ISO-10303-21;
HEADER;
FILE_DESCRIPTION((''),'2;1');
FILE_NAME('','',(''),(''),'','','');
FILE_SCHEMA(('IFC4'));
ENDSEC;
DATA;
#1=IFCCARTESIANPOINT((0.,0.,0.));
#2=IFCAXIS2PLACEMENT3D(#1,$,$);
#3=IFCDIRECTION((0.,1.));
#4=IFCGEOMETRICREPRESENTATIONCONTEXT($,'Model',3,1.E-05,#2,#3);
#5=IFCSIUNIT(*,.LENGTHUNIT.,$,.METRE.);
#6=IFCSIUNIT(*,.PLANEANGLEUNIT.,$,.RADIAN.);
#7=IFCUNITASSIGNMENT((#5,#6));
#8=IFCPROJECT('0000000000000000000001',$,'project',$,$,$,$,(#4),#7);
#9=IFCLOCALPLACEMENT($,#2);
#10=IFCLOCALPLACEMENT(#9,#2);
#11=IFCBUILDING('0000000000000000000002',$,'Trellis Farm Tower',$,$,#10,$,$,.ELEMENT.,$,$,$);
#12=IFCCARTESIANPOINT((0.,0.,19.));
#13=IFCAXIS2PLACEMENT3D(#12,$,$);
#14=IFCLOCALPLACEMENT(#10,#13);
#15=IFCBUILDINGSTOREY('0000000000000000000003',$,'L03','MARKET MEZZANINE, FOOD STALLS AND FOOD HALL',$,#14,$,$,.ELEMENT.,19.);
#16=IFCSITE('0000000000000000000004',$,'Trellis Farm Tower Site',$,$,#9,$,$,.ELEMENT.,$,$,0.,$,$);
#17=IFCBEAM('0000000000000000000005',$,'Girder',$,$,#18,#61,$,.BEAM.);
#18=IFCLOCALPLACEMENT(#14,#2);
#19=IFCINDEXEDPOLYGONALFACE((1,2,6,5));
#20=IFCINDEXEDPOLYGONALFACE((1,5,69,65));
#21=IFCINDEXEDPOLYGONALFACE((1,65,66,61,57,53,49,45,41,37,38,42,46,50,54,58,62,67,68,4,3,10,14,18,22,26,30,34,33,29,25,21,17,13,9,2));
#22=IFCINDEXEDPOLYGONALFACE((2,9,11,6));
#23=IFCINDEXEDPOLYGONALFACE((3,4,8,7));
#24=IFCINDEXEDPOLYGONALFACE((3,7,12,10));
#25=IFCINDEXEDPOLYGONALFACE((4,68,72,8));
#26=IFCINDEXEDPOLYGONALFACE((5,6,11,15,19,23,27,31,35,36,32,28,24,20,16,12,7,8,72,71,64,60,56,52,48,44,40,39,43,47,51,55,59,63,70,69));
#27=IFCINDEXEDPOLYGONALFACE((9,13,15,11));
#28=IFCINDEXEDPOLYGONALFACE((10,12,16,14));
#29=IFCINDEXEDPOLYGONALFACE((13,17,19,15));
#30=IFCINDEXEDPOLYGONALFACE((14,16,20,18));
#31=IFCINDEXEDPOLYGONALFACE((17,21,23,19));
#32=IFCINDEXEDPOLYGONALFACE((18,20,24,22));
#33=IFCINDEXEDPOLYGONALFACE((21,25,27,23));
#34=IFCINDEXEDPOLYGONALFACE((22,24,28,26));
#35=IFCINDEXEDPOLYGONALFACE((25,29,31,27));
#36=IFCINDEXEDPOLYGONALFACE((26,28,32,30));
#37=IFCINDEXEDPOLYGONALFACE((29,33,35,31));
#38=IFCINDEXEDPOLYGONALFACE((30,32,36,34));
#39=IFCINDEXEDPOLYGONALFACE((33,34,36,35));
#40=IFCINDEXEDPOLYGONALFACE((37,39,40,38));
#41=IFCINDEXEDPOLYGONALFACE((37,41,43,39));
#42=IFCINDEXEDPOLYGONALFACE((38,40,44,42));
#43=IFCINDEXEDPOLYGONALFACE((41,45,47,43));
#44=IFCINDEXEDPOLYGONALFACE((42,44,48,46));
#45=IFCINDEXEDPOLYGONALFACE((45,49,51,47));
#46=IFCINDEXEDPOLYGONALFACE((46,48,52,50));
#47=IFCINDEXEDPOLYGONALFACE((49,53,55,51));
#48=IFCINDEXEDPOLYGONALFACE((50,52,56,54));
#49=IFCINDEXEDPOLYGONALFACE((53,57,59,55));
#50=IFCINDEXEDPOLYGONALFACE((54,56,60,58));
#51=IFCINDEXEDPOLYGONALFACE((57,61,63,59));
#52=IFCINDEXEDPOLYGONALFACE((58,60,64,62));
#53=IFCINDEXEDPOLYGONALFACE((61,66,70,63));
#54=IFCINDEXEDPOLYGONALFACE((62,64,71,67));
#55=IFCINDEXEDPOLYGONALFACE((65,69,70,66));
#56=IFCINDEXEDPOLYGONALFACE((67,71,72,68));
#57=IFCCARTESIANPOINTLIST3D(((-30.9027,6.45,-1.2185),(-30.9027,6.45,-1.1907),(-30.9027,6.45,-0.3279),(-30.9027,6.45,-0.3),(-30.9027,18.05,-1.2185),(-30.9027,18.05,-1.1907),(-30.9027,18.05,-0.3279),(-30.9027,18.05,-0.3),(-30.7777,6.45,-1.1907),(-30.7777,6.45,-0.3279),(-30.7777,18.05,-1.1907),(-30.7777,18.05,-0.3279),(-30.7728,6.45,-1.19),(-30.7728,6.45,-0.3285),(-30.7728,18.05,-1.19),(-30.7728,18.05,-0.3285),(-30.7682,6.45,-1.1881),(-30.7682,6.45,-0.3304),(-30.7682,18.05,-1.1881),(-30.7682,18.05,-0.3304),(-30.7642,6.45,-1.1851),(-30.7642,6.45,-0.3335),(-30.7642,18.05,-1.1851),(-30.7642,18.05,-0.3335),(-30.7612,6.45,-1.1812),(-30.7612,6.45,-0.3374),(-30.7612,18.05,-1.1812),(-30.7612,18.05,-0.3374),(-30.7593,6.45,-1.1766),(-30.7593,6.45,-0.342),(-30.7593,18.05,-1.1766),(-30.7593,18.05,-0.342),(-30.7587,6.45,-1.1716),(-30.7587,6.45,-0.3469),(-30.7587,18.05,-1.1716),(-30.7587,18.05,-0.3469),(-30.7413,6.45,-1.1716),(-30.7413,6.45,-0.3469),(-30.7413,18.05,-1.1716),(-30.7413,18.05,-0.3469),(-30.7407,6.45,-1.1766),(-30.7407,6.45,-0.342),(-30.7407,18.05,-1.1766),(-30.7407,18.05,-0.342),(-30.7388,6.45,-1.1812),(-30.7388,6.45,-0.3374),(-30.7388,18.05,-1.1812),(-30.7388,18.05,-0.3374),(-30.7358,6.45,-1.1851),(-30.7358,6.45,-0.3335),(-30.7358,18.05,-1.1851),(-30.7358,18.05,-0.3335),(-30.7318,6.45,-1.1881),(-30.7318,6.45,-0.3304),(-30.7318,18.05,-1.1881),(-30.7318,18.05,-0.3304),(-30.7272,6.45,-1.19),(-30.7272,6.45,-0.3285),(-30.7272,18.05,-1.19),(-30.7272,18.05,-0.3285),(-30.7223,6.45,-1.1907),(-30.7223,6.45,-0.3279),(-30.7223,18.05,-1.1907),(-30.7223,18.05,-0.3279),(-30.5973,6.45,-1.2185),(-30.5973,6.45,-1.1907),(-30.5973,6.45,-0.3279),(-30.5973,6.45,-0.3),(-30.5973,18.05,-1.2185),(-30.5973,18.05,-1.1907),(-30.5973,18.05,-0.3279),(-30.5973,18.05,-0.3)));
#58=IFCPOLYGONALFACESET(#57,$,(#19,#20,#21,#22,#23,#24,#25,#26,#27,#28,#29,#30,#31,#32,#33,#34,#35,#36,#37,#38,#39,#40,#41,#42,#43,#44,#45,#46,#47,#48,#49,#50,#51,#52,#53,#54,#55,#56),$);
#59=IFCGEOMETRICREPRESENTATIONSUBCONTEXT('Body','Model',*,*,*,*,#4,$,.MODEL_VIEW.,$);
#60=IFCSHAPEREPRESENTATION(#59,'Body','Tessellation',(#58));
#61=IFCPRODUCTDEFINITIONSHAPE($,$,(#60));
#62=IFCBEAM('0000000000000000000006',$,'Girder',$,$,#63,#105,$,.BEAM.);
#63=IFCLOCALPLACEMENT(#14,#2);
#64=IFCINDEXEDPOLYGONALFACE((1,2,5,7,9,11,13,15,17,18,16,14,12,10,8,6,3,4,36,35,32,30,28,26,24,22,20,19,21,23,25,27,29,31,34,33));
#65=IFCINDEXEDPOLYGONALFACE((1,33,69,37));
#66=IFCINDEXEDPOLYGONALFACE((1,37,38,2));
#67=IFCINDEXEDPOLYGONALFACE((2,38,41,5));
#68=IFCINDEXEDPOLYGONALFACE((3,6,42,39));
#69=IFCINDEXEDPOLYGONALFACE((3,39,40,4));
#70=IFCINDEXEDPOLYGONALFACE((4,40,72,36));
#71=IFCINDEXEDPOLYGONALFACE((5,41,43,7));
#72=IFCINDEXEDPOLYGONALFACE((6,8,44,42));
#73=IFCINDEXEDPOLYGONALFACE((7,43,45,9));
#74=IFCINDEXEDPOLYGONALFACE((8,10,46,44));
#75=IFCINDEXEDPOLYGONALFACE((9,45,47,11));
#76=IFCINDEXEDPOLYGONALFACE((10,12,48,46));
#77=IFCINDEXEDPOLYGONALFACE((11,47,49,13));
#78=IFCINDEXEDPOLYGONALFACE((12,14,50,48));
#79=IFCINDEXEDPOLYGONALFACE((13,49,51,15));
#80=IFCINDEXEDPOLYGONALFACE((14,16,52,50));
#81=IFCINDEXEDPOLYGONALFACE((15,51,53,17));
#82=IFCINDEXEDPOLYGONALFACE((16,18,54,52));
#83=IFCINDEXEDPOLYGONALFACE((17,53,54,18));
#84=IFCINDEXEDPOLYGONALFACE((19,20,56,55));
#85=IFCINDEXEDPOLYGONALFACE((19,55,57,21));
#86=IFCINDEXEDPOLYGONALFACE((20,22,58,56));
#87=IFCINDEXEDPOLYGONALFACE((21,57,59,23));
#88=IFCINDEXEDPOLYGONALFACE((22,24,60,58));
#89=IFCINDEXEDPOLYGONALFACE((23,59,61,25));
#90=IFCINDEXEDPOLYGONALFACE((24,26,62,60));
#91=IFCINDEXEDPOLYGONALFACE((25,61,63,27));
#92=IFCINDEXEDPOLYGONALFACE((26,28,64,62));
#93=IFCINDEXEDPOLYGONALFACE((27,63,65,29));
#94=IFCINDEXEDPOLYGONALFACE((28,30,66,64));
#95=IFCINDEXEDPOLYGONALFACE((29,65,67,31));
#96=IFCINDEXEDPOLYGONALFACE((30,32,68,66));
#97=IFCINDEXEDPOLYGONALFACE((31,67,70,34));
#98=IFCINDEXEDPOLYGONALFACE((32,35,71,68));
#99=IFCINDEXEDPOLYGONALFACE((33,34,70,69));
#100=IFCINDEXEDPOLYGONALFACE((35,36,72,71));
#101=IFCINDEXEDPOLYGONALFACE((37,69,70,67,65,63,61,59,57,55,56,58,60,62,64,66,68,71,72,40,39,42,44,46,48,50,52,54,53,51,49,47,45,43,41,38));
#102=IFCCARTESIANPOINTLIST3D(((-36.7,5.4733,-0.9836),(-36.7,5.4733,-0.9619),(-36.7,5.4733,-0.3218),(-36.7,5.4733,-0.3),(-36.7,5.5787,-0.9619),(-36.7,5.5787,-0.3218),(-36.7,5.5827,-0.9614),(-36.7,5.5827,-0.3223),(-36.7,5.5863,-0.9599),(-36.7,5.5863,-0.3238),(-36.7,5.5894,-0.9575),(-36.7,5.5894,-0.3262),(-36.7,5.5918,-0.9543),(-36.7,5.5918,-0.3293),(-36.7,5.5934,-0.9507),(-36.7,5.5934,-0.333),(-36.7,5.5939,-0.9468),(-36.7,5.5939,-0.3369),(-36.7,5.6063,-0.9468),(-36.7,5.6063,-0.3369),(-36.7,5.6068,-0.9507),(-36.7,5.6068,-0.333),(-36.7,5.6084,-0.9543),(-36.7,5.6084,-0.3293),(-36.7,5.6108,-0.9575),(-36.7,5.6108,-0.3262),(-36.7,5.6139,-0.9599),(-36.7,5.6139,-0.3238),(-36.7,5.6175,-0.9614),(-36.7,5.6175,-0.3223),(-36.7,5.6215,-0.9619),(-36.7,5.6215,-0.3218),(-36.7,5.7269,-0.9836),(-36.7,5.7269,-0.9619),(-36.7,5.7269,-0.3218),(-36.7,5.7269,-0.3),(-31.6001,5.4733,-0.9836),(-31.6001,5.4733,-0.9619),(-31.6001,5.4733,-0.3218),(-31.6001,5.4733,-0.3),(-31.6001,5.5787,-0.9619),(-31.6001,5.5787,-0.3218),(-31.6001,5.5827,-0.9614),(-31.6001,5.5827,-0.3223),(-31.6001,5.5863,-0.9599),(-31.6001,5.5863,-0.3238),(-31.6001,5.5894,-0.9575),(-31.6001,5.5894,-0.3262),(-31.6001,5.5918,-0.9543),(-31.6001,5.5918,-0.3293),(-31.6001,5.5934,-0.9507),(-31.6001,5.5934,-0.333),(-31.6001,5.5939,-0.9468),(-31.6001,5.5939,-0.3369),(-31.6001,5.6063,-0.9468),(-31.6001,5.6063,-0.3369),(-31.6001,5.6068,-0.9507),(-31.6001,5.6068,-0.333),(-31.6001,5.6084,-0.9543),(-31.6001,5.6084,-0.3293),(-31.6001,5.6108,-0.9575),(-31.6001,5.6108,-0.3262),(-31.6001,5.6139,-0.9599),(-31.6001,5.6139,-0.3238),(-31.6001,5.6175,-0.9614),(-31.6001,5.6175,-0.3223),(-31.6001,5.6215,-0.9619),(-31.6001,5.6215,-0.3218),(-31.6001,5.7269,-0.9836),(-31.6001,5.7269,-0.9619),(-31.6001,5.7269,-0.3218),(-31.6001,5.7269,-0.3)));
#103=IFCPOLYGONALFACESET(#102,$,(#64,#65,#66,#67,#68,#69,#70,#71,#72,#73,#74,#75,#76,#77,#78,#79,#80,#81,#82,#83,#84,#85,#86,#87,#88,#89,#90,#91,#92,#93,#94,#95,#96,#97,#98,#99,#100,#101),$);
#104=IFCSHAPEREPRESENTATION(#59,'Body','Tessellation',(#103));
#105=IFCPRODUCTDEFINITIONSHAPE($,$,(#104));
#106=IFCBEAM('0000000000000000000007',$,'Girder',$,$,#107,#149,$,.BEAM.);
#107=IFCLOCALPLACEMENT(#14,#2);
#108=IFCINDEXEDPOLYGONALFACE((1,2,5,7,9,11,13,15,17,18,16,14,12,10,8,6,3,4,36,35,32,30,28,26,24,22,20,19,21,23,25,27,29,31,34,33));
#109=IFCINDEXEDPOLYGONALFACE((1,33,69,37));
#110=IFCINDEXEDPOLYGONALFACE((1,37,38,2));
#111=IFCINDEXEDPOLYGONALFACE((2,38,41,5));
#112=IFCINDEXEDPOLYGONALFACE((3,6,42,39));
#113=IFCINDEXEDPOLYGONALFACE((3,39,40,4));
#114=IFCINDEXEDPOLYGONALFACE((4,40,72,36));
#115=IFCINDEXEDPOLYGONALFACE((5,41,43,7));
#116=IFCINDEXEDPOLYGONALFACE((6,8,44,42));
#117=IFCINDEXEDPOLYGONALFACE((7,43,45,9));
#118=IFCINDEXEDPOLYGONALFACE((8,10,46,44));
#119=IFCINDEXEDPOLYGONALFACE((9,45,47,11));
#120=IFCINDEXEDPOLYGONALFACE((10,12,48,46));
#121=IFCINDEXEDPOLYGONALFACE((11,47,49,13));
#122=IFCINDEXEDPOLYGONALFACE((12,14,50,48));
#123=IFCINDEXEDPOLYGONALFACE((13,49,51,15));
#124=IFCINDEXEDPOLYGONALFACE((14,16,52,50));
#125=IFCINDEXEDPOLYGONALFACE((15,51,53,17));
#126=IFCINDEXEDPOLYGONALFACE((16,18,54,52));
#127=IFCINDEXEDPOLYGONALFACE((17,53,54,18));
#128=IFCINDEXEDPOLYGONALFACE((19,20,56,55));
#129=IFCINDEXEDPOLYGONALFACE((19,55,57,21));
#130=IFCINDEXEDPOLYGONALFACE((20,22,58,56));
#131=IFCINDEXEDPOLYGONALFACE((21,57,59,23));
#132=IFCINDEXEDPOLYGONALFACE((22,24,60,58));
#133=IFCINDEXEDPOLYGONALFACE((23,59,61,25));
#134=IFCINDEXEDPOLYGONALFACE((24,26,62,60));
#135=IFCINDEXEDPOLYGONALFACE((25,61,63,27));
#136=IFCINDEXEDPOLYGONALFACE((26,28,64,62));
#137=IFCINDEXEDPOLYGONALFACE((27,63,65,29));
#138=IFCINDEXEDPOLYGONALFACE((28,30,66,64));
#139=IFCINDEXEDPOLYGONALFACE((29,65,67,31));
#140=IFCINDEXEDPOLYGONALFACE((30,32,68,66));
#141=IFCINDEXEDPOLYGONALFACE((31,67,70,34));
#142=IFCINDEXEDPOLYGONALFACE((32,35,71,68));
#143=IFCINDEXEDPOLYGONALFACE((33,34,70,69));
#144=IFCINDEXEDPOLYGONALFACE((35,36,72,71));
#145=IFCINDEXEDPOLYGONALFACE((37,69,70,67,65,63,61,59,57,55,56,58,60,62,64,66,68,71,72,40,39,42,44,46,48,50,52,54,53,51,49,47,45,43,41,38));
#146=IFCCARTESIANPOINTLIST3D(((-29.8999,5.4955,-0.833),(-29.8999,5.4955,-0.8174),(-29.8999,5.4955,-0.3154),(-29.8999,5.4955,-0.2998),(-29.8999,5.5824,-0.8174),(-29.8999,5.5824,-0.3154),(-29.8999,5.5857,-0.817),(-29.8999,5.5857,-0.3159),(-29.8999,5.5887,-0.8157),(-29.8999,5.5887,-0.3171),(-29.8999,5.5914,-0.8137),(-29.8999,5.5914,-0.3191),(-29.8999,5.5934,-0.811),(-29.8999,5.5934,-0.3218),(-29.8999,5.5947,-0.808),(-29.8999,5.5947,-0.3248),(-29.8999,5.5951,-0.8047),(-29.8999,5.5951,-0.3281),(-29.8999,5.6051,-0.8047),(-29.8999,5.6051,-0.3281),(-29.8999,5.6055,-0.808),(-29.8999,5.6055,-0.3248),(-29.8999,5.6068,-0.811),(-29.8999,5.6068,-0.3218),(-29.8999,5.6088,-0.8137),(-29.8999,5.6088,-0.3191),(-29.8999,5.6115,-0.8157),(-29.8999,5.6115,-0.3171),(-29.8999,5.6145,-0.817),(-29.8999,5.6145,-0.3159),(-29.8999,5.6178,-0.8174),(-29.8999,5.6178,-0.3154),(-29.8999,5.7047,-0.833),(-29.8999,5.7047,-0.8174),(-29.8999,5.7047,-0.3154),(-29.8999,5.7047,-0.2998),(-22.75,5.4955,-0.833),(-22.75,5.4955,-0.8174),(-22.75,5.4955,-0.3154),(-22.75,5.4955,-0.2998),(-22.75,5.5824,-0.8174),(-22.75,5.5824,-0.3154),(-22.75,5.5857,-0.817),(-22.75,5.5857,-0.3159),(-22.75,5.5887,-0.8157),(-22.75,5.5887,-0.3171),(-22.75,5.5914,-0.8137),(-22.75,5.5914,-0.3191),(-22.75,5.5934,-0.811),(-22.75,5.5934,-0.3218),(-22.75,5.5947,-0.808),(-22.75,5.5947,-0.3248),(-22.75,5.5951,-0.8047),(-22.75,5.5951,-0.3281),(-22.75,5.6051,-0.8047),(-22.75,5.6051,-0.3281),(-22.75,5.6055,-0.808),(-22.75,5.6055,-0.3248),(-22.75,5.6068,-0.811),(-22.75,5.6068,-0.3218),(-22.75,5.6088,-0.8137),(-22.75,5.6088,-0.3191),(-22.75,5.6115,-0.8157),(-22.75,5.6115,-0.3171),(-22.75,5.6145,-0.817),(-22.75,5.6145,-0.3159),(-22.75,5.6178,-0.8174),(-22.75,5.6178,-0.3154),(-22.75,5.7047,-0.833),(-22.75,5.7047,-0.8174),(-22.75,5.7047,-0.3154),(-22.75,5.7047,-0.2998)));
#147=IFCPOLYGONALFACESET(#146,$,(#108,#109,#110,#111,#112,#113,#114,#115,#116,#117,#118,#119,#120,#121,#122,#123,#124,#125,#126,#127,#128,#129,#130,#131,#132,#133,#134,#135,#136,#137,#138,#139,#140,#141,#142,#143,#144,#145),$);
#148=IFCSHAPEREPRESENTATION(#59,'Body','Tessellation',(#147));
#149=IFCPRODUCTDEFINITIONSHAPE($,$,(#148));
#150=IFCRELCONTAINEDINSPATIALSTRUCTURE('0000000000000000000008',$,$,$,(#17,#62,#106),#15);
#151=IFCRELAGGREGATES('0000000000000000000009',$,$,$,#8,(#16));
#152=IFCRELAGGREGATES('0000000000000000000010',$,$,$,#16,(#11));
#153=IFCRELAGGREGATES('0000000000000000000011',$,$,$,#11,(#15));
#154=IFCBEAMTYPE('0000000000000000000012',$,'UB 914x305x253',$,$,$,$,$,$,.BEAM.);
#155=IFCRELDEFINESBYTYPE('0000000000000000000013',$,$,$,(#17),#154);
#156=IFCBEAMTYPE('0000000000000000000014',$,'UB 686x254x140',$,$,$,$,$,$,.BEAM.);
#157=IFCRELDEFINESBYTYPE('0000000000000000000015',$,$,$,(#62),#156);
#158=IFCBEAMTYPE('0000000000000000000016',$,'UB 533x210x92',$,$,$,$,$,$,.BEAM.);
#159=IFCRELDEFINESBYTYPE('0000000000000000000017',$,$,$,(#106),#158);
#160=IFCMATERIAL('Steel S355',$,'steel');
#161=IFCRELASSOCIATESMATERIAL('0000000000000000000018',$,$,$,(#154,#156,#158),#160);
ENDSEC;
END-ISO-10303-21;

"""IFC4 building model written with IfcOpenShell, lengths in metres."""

from ifc_helpers import new_model, si_unit, direction, frame, origin, origin_2d, place, context, subcontext, project, spatial, i_section, extrude, source, transform, mapped, material, material_profile, profile_set, type_object, element, save


model = new_model("IFC4")

# Units and contexts
model_context = context("Model", 3, precision=1e-05, world=origin(), true_north=direction((0.0, 1.0)))
body_context = subcontext(model_context, "Body", "Model", "MODEL_VIEW")
ifc_project = project(units=[si_unit("LENGTHUNIT", "METRE"), si_unit("PLANEANGLEUNIT", "RADIAN")], contexts=[model_context])

# Site, building, storey
site_placement = place(None, origin())
site = spatial("IfcSite", under=ifc_project, at=site_placement, Name="Trellis Farm Tower Site", CompositionType="ELEMENT", RefElevation=0.0)
building_placement = place(site_placement, origin())
building = spatial("IfcBuilding", under=site, at=building_placement, Name="Trellis Farm Tower", CompositionType="ELEMENT")
storey_placement = place(building_placement, frame((0.0, 0.0, 19.0)))
storey = spatial("IfcBuildingStorey", under=building, at=storey_placement, Name="L03", Description="MARKET MEZZANINE, FOOD STALLS AND FOOD HALL", CompositionType="ELEMENT", Elevation=19.0)

# Beams
ifc_material_1 = material(Name="Steel S355", Category="steel")
ifc_material_profile_1 = material_profile(ifc_material_1, i_section(OverallWidth=0.3054, OverallDepth=0.9185, WebThickness=0.0173, FlangeThickness=0.0278, FilletRadius=0.019, at=origin_2d()), Name="UB 914x305x253")
ifc_profile_set_1 = profile_set([ifc_material_profile_1], Name="Steel S355")
beam_type_1 = type_object("IfcBeamType", Name="UB 914x305x253", PredefinedType="BEAM", material=ifc_profile_set_1)
shared_shape_1 = source(origin(), body_context, "Body", "SweptSolid", [
    extrude(i_section(OverallWidth=0.3054, OverallDepth=0.9185, WebThickness=0.0173, FlangeThickness=0.0278, FilletRadius=0.019, at=origin_2d()), origin(), (0.0, 0.0, 1.0), 11.6001),
])
beam_1_placement = place(storey_placement, frame((-30.75, 6.45, -0.7593), z_axis=(0.0, 1.0, 0.0), x_axis=(-1.0, 0.0, 0.0)))
element("IfcBeam", 1, at=beam_1_placement, inside=storey, type_object=beam_type_1, Name="Girder", PredefinedType="BEAM", context=body_context, shape_type="MappedRepresentation", body=[
    mapped(shared_shape_1, transform((0.0, 0.0, 0.0))),
])
ifc_material_profile_2 = material_profile(ifc_material_1, i_section(OverallWidth=0.2537, OverallDepth=0.6836, WebThickness=0.0125, FlangeThickness=0.0217, FilletRadius=0.0151, at=origin_2d()), Name="UB 686x254x140")
ifc_profile_set_2 = profile_set([ifc_material_profile_2], Name="Steel S355")
beam_type_2 = type_object("IfcBeamType", Name="UB 686x254x140", PredefinedType="BEAM", material=ifc_profile_set_2)
shared_shape_2 = source(origin(), body_context, "Body", "SweptSolid", [
    extrude(i_section(OverallWidth=0.2537, OverallDepth=0.6836, WebThickness=0.0125, FlangeThickness=0.0217, FilletRadius=0.0151, at=origin_2d()), origin(), (0.0, 0.0, 1.0), 5.0999),
])
beam_2_placement = place(storey_placement, frame((-36.7, 5.6001, -0.6418), z_axis=(1.0, 0.0, 0.0), x_axis=(0.0, 1.0, 0.0)))
element("IfcBeam", 2, at=beam_2_placement, inside=storey, type_object=beam_type_2, Name="Girder", PredefinedType="BEAM", context=body_context, shape_type="MappedRepresentation", body=[
    mapped(shared_shape_2, transform((0.0, 0.0, 0.0))),
])
ifc_material_profile_3 = material_profile(ifc_material_1, i_section(OverallWidth=0.2092, OverallDepth=0.5332, WebThickness=0.01, FlangeThickness=0.0156, FilletRadius=0.0127, at=origin_2d()), Name="UB 533x210x92")
ifc_profile_set_3 = profile_set([ifc_material_profile_3], Name="Steel S355")
beam_type_3 = type_object("IfcBeamType", Name="UB 533x210x92", PredefinedType="BEAM", material=ifc_profile_set_3)
shared_shape_3 = source(origin(), body_context, "Body", "SweptSolid", [
    extrude(i_section(OverallWidth=0.2092, OverallDepth=0.5332, WebThickness=0.01, FlangeThickness=0.0156, FilletRadius=0.0127, at=origin_2d()), origin(), (0.0, 0.0, 1.0), 7.1499),
])
beam_3_placement = place(storey_placement, frame((-29.8999, 5.6001, -0.5664), z_axis=(1.0, 0.0, 0.0), x_axis=(0.0, 1.0, 0.0)))
element("IfcBeam", 3, at=beam_3_placement, inside=storey, type_object=beam_type_3, Name="Girder", PredefinedType="BEAM", context=body_context, shape_type="MappedRepresentation", body=[
    mapped(shared_shape_3, transform((0.0, 0.0, 0.0))),
])

save(model, "model.ifc")
